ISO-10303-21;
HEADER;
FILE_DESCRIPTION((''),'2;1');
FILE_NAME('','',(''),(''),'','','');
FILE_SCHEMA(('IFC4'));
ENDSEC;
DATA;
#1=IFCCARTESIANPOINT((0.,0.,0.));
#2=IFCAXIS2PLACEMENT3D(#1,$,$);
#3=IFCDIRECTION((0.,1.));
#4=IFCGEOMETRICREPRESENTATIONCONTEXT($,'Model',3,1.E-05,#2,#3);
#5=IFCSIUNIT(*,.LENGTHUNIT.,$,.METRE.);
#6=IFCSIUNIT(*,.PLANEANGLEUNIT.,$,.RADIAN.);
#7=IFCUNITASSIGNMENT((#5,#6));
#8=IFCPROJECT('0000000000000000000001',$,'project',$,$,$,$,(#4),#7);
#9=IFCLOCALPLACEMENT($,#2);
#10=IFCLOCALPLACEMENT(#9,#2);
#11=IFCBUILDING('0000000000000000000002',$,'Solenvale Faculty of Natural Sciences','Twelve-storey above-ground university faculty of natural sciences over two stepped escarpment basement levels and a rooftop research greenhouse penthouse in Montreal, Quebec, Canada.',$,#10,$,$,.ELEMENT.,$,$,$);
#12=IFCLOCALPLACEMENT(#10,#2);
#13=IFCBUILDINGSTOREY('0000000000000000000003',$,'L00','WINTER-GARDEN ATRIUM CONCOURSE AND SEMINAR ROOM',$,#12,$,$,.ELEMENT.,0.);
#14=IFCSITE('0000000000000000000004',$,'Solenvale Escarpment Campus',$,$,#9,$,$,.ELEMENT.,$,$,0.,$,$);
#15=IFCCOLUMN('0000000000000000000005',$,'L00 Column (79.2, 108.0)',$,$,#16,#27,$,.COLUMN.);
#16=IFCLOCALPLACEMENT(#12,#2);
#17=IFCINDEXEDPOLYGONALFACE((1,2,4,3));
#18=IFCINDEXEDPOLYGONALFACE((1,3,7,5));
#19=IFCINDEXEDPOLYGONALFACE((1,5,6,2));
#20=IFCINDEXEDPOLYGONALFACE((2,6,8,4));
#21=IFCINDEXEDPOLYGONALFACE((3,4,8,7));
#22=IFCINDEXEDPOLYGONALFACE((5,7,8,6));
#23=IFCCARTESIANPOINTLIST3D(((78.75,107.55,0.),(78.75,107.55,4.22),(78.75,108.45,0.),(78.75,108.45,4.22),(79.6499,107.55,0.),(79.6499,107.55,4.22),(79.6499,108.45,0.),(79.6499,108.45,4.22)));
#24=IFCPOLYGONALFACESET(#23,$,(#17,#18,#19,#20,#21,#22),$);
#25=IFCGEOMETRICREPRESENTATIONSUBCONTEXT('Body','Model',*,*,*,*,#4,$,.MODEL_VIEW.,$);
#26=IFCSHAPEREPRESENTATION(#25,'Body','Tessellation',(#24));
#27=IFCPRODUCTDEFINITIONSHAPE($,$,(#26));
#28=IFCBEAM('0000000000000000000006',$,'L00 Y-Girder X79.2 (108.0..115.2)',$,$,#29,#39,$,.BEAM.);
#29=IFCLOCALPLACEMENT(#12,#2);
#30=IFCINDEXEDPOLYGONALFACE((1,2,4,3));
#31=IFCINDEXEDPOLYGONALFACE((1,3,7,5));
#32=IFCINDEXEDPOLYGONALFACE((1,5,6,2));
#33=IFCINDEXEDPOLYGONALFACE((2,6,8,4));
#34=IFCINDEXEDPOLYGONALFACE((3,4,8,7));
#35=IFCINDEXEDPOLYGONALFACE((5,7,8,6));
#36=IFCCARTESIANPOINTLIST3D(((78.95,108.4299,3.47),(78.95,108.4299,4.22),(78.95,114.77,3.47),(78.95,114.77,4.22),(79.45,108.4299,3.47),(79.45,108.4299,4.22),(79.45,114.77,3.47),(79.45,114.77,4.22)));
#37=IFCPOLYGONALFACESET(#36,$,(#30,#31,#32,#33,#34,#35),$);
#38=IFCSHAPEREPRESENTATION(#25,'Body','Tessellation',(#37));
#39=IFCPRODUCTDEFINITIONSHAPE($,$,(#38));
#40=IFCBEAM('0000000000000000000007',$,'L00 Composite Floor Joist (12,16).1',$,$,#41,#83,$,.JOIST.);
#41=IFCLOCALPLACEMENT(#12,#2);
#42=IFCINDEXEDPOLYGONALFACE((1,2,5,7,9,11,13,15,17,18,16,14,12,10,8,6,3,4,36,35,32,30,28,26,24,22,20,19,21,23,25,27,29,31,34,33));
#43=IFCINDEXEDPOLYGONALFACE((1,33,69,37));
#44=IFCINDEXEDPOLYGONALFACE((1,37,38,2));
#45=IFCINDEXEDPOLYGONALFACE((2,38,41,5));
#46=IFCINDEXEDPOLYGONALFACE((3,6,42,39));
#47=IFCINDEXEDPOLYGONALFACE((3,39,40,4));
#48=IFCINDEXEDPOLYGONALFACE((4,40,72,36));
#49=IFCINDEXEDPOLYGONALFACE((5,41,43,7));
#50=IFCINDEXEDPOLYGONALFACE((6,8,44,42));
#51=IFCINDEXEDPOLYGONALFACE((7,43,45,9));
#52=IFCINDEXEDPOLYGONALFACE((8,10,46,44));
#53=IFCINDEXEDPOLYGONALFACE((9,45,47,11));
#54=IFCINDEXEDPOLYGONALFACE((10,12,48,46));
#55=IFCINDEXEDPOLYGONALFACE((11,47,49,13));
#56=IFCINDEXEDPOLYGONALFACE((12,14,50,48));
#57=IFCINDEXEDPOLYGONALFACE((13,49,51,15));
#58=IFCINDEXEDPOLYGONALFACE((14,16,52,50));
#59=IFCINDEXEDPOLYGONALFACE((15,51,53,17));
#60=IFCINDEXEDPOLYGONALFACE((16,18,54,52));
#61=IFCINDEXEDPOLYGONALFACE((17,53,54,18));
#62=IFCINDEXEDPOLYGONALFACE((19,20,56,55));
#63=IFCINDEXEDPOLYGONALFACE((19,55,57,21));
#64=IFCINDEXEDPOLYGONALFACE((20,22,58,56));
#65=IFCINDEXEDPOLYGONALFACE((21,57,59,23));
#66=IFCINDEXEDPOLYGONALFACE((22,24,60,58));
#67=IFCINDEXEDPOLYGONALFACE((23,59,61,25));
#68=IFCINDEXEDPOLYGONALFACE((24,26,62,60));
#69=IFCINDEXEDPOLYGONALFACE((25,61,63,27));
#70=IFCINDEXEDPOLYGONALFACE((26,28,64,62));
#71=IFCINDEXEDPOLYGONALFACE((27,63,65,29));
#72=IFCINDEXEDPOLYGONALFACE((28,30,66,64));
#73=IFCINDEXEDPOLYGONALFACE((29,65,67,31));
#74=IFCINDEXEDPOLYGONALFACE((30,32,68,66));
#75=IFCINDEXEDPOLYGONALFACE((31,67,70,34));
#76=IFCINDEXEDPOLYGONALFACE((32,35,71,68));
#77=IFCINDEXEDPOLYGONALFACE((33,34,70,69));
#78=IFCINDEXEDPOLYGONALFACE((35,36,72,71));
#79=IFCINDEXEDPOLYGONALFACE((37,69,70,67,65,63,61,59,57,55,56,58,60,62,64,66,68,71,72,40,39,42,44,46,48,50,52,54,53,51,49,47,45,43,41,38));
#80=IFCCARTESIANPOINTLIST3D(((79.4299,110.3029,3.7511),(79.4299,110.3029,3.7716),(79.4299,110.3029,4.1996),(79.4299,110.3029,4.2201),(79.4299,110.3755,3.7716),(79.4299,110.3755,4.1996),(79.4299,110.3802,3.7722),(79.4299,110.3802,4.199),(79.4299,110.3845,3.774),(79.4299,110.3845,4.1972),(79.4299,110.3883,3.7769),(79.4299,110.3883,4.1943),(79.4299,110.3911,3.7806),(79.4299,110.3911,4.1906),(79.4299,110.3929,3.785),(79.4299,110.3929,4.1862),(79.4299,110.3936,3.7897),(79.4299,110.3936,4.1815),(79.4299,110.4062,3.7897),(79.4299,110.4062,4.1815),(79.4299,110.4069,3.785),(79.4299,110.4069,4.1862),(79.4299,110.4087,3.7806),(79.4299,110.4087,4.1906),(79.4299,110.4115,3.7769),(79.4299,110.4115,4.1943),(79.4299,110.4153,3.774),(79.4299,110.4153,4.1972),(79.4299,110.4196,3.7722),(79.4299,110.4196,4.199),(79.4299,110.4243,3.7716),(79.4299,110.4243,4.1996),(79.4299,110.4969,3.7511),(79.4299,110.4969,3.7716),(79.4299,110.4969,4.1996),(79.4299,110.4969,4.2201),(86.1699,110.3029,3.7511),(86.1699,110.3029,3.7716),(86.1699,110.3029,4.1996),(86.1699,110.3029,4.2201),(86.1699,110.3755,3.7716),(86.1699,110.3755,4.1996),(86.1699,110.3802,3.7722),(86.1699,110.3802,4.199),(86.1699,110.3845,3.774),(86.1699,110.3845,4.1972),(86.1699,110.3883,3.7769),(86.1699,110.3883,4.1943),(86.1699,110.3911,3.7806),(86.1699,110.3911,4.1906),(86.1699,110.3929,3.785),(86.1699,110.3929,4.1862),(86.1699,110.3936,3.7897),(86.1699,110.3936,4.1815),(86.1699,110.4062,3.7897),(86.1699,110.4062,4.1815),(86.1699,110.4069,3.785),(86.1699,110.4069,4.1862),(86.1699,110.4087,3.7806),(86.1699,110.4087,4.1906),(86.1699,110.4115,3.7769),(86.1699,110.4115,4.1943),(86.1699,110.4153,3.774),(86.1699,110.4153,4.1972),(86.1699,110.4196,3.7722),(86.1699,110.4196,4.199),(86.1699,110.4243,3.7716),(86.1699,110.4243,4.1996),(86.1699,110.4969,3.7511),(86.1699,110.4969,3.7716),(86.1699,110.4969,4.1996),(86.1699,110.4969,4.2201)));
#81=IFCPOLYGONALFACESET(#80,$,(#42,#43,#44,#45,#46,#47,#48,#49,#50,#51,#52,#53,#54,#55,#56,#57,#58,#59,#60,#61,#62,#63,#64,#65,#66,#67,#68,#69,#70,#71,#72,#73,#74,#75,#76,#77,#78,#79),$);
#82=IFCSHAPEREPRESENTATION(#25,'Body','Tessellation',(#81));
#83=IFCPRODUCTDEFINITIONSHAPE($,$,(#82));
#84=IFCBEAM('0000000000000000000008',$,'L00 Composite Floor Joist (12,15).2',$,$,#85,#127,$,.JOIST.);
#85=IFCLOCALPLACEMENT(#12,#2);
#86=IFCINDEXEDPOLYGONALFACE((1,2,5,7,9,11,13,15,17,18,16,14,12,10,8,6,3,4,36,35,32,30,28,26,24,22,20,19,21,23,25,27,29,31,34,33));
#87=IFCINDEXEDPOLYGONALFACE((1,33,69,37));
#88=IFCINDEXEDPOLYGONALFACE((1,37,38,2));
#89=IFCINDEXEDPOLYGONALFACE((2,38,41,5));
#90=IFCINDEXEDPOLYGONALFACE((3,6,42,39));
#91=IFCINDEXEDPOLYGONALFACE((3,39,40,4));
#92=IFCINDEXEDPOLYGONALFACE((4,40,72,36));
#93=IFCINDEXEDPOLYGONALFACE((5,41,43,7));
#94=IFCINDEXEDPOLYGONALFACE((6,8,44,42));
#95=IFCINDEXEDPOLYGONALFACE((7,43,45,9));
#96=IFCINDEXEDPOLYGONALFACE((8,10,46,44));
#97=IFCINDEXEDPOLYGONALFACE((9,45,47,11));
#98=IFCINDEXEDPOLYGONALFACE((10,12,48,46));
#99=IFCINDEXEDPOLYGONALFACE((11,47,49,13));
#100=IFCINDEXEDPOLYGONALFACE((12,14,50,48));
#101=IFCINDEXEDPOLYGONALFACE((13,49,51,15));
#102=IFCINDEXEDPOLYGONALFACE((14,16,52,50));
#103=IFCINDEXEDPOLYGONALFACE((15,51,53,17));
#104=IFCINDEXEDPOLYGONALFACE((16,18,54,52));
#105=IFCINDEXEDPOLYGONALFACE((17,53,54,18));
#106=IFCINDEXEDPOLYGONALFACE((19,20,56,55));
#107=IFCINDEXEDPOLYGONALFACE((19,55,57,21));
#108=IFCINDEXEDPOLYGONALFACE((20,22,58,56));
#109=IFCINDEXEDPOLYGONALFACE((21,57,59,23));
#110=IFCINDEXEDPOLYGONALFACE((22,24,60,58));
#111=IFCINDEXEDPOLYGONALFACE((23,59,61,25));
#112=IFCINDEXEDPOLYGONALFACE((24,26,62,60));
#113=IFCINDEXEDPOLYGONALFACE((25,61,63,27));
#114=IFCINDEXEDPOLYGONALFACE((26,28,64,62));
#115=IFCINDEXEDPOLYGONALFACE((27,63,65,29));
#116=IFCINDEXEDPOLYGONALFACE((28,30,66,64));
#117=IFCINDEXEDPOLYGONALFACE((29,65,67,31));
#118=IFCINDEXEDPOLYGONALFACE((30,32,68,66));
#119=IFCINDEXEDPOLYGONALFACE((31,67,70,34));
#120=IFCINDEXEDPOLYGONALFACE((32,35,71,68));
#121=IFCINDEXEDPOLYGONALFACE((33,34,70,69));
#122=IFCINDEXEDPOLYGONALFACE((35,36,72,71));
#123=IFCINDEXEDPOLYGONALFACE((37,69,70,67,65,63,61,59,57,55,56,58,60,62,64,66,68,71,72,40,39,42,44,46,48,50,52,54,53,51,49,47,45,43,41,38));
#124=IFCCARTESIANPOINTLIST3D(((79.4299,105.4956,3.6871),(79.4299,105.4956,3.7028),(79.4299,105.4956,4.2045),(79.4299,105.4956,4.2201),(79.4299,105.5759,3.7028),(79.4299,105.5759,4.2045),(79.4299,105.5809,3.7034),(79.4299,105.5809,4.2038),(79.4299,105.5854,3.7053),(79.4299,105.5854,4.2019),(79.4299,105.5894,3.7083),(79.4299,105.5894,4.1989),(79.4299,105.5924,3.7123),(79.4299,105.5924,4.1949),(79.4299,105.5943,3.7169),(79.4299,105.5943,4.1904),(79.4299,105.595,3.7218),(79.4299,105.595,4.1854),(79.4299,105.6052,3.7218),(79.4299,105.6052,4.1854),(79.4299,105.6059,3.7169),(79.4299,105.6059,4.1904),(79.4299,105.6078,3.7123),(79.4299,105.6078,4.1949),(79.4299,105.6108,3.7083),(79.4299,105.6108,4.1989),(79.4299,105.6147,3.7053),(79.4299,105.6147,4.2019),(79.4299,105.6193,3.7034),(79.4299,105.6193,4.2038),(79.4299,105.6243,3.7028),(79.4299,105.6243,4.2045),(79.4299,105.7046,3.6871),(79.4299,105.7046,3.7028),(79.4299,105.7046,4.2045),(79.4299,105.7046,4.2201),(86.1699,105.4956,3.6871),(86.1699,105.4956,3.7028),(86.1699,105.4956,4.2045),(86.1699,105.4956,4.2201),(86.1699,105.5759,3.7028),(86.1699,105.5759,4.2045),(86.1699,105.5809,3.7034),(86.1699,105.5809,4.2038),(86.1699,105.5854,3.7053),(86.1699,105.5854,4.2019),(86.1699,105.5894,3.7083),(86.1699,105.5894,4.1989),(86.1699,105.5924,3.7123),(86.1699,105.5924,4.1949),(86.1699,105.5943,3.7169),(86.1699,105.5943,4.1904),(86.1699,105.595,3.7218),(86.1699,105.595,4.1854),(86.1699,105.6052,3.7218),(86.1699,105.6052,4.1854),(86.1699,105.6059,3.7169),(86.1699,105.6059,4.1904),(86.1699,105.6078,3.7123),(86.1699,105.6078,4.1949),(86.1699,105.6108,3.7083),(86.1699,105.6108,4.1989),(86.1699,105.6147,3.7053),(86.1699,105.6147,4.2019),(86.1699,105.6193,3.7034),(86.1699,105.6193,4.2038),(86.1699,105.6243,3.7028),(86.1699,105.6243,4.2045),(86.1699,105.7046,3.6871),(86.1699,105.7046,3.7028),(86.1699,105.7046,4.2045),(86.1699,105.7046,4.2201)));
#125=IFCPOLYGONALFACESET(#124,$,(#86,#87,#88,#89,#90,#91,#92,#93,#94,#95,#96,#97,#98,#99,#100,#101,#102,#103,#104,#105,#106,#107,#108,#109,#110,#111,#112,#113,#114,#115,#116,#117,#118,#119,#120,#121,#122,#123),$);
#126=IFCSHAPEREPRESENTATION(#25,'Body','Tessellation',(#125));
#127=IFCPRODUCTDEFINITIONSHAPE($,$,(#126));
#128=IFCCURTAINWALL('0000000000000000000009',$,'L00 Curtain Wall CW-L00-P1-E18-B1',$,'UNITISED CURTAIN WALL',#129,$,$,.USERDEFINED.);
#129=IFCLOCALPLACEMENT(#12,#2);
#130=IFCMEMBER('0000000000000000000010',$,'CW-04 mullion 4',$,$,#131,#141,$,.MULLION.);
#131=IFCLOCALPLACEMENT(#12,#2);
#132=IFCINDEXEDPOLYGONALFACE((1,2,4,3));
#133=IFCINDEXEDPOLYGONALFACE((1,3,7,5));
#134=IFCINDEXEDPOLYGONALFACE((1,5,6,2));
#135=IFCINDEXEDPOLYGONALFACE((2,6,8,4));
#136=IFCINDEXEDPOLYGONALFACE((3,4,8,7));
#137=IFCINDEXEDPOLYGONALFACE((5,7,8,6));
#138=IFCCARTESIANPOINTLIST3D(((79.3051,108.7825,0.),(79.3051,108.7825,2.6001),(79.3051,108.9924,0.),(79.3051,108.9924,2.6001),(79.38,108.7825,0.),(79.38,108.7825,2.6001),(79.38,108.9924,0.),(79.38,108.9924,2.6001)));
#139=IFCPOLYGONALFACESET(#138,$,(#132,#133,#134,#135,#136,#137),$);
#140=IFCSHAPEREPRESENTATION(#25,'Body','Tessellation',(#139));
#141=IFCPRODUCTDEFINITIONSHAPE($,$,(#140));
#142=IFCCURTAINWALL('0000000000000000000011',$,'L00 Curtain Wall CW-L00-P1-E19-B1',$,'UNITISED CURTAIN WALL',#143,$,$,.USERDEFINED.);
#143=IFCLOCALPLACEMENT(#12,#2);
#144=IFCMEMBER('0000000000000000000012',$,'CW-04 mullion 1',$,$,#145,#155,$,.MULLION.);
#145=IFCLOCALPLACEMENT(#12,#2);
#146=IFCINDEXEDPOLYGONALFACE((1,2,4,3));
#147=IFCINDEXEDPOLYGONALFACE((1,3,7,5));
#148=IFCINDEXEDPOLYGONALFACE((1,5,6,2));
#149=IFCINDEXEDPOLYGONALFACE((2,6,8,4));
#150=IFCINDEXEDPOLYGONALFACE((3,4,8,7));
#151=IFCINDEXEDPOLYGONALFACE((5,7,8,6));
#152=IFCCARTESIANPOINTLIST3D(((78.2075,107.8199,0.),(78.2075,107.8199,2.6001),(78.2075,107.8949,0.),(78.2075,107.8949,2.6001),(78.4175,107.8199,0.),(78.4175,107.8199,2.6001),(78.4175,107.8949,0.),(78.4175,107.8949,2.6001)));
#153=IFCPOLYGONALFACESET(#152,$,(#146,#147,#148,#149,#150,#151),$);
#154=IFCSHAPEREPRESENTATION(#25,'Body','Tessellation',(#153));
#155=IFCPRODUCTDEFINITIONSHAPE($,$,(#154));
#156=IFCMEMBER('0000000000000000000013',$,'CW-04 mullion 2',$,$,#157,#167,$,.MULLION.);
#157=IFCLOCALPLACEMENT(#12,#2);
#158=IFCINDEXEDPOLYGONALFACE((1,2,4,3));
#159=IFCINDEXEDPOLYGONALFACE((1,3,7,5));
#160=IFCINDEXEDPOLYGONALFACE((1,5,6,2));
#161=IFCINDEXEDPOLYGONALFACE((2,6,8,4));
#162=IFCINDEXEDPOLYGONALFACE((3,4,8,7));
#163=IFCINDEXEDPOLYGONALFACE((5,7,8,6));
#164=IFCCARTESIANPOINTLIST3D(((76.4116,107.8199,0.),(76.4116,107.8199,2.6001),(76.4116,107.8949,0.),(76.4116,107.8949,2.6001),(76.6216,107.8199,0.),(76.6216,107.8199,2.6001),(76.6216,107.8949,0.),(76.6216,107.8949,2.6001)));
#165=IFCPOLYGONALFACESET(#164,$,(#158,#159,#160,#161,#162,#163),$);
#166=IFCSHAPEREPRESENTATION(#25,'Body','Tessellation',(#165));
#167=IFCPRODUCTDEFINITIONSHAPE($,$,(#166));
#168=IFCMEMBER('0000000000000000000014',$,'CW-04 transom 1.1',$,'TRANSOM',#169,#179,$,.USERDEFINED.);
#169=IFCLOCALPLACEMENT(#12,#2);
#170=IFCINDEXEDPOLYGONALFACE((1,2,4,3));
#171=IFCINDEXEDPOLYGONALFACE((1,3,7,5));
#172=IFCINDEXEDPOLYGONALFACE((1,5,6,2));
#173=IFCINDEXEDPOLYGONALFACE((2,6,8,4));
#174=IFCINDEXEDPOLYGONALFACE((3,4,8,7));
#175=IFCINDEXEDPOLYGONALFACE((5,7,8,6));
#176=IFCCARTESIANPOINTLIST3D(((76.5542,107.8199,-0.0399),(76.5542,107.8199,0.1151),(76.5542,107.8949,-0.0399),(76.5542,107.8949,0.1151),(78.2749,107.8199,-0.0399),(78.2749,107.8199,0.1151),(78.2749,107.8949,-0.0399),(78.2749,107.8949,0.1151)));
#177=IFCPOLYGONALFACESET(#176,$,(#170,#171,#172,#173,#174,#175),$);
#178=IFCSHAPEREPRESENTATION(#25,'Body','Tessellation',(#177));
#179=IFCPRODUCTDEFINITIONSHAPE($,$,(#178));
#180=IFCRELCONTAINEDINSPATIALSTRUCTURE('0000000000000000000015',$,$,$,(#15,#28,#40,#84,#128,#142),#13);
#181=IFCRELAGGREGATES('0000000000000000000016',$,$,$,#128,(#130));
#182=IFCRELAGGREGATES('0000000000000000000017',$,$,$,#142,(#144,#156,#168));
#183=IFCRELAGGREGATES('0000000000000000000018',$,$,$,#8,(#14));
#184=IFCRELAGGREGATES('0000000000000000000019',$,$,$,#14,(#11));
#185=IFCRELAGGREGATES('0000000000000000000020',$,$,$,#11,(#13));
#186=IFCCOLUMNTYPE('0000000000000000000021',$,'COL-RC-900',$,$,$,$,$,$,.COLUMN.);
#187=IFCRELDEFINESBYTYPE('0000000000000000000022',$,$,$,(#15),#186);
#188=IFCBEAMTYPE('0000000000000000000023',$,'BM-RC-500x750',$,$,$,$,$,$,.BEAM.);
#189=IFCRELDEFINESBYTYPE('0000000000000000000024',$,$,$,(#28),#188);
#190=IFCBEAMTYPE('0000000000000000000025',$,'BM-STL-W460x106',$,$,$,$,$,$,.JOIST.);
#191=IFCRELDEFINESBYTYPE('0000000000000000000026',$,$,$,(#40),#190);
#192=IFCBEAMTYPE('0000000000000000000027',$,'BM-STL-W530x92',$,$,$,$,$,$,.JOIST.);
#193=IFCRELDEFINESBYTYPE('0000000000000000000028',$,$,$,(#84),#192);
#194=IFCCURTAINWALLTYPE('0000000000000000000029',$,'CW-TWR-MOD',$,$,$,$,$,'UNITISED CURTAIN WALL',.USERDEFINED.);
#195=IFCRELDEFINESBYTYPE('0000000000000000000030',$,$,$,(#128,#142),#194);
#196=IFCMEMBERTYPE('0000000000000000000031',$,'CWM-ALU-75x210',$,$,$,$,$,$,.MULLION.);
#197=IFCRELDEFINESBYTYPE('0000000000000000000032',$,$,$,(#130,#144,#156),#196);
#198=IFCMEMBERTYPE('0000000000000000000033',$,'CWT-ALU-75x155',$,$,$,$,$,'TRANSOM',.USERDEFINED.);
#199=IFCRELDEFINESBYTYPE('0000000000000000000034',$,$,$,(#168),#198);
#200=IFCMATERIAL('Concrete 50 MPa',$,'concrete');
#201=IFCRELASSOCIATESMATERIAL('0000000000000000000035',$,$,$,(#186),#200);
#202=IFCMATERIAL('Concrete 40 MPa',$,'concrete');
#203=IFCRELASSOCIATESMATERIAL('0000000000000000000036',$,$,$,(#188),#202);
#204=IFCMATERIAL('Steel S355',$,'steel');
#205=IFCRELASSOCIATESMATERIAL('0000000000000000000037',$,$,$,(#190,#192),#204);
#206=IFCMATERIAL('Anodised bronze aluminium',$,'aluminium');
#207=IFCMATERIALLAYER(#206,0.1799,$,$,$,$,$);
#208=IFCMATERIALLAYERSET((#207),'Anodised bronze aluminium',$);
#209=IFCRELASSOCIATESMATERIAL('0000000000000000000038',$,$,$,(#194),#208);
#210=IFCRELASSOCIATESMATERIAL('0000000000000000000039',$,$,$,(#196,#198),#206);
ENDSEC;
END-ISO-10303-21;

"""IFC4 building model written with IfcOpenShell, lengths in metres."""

from ifc_helpers import new_model, si_unit, direction, frame, origin, origin_2d, place, context, subcontext, project, spatial, rectangle, i_section, extrude, material, layer, layer_set, material_profile, profile_set, type_object, element, aggregate, save


model = new_model("IFC4")

# Units and contexts
model_context = context("Model", 3, precision=1e-05, world=origin(), true_north=direction((0.0, 1.0)))
body_context = subcontext(model_context, "Body", "Model", "MODEL_VIEW")
ifc_project = project(units=[si_unit("LENGTHUNIT", "METRE"), si_unit("PLANEANGLEUNIT", "RADIAN")], contexts=[model_context])

# Site, building, storey
site_placement = place(None, origin())
site = spatial("IfcSite", under=ifc_project, at=site_placement, Name="Solenvale Escarpment Campus", CompositionType="ELEMENT", RefElevation=0.0)
building_placement = place(site_placement, origin())
building = spatial("IfcBuilding", under=site, at=building_placement, Name="Solenvale Faculty of Natural Sciences", Description="Twelve-storey above-ground university faculty of natural sciences over two stepped escarpment basement levels and a rooftop research greenhouse penthouse in Montreal, Quebec, Canada.", CompositionType="ELEMENT")
storey_placement = place(building_placement, origin())
storey = spatial("IfcBuildingStorey", under=building, at=storey_placement, Name="L00", Description="WINTER-GARDEN ATRIUM CONCOURSE AND SEMINAR ROOM", CompositionType="ELEMENT", Elevation=0.0)

# Column
ifc_material_1 = material(Name="Concrete 50 MPa", Category="concrete")
ifc_material_profile_1 = material_profile(ifc_material_1, rectangle(XDim=0.8999, YDim=0.8999, at=origin_2d()), Name="RC-COL-900x900")
ifc_profile_set_1 = profile_set([ifc_material_profile_1], Name="Concrete 50 MPa")
column_type = type_object("IfcColumnType", Name="COL-RC-900", PredefinedType="COLUMN", material=ifc_profile_set_1)
column_placement = place(storey_placement, frame((79.2, 108.0, 0.0), z_axis=(0.0, 0.0, 1.0), x_axis=(1.0, 0.0, 0.0)))
element("IfcColumn", 1, at=column_placement, inside=storey, type_object=column_type, Name="L00 Column (79.2, 108.0)", PredefinedType="COLUMN", context=body_context, shape_type="SweptSolid", body=[
    extrude(rectangle(XDim=0.8999, YDim=0.8999, at=origin_2d()), origin(), (0.0, 0.0, 1.0), 4.22),
])

# Beams
ifc_material_2 = material(Name="Concrete 40 MPa", Category="concrete")
ifc_material_profile_2 = material_profile(ifc_material_2, rectangle(XDim=0.5, YDim=0.75, at=origin_2d()), Name="RC-BM-500x750")
ifc_profile_set_2 = profile_set([ifc_material_profile_2], Name="Concrete 40 MPa")
beam_type_1 = type_object("IfcBeamType", Name="BM-RC-500x750", PredefinedType="BEAM", material=ifc_profile_set_2)
beam_1_placement = place(storey_placement, frame((79.2, 108.4299, 3.845), z_axis=(0.0, 1.0, 0.0), x_axis=(-1.0, 0.0, 0.0)))
element("IfcBeam", 2, at=beam_1_placement, inside=storey, type_object=beam_type_1, Name="L00 Y-Girder X79.2 (108.0..115.2)", PredefinedType="BEAM", context=body_context, shape_type="SweptSolid", body=[
    extrude(rectangle(XDim=0.5, YDim=0.75, at=origin_2d()), origin(), (0.0, 0.0, 1.0), 6.3401),
])
ifc_material_3 = material(Name="Steel S355", Category="steel")
ifc_material_profile_3 = material_profile(ifc_material_3, i_section(OverallWidth=0.1941, OverallDepth=0.469, WebThickness=0.0127, FlangeThickness=0.0205, FilletRadius=0.0181, at=origin_2d()), Name="W460x106")
ifc_profile_set_3 = profile_set([ifc_material_profile_3], Name="Steel S355")
beam_type_2 = type_object("IfcBeamType", Name="BM-STL-W460x106", PredefinedType="JOIST", material=ifc_profile_set_3)
beam_2_placement = place(storey_placement, frame((79.4299, 110.3999, 3.9856), z_axis=(1.0, 0.0, 0.0), x_axis=(0.0, 1.0, 0.0)))
element("IfcBeam", 3, at=beam_2_placement, inside=storey, type_object=beam_type_2, Name="L00 Composite Floor Joist (12,16).1", PredefinedType="JOIST", context=body_context, shape_type="SweptSolid", body=[
    extrude(i_section(OverallWidth=0.1941, OverallDepth=0.469, WebThickness=0.0127, FlangeThickness=0.0205, FilletRadius=0.0181, at=origin_2d()), origin(), (0.0, 0.0, 1.0), 6.74),
])
ifc_material_profile_4 = material_profile(ifc_material_3, i_section(OverallWidth=0.209, OverallDepth=0.533, WebThickness=0.0103, FlangeThickness=0.0156, FilletRadius=0.019, at=origin_2d()), Name="W530x92")
ifc_profile_set_4 = profile_set([ifc_material_profile_4], Name="Steel S355")
beam_type_3 = type_object("IfcBeamType", Name="BM-STL-W530x92", PredefinedType="JOIST", material=ifc_profile_set_4)
beam_3_placement = place(storey_placement, frame((79.4299, 105.6001, 3.9536), z_axis=(1.0, 0.0, 0.0), x_axis=(0.0, 1.0, 0.0)))
element("IfcBeam", 4, at=beam_3_placement, inside=storey, type_object=beam_type_3, Name="L00 Composite Floor Joist (12,15).2", PredefinedType="JOIST", context=body_context, shape_type="SweptSolid", body=[
    extrude(i_section(OverallWidth=0.209, OverallDepth=0.533, WebThickness=0.0103, FlangeThickness=0.0156, FilletRadius=0.019, at=origin_2d()), origin(), (0.0, 0.0, 1.0), 6.74),
])

# Curtain wall, member
ifc_material_4 = material(Name="Anodised bronze aluminium", Category="aluminium")
ifc_layer_1 = layer(ifc_material_4, 0.1799)
ifc_layer_set_1 = layer_set([ifc_layer_1], Name="Anodised bronze aluminium")
curtain_wall_type = type_object("IfcCurtainWallType", Name="CW-TWR-MOD", ElementType="UNITISED CURTAIN WALL", PredefinedType="USERDEFINED", material=ifc_layer_set_1)
curtain_wall_1_placement = place(storey_placement, origin())
curtain_wall_1 = element("IfcCurtainWall", 5, at=curtain_wall_1_placement, inside=storey, type_object=curtain_wall_type, Name="L00 Curtain Wall CW-L00-P1-E18-B1", ObjectType="UNITISED CURTAIN WALL", PredefinedType="USERDEFINED")
ifc_material_profile_5 = material_profile(ifc_material_4, rectangle(XDim=0.075, YDim=0.21, at=origin_2d()), Name="ALU-MUL-75x210")
ifc_profile_set_5 = profile_set([ifc_material_profile_5], Name="Anodised bronze aluminium")
member_type_1 = type_object("IfcMemberType", Name="CWM-ALU-75x210", PredefinedType="MULLION", material=ifc_profile_set_5)
member_1_placement = place(storey_placement, frame((79.3425, 108.8875, 0.0), z_axis=(0.0, 0.0, 1.0), x_axis=(1.0, 0.0, 0.0)))
member_1 = element("IfcMember", 6, at=member_1_placement, type_object=member_type_1, Name="CW-04 mullion 4", PredefinedType="MULLION", context=body_context, shape_type="SweptSolid", body=[
    extrude(rectangle(XDim=0.075, YDim=0.21, at=origin_2d()), origin(), (0.0, 0.0, 1.0), 2.6001),
])

# Curtain wall, members
curtain_wall_2_placement = place(storey_placement, origin())
curtain_wall_2 = element("IfcCurtainWall", 7, at=curtain_wall_2_placement, inside=storey, type_object=curtain_wall_type, Name="L00 Curtain Wall CW-L00-P1-E19-B1", ObjectType="UNITISED CURTAIN WALL", PredefinedType="USERDEFINED")
member_2_placement = place(storey_placement, frame((78.3125, 107.8574, 0.0), z_axis=(0.0, 0.0, 1.0), x_axis=(0.0, -1.0, 0.0)))
member_2 = element("IfcMember", 8, at=member_2_placement, type_object=member_type_1, Name="CW-04 mullion 1", PredefinedType="MULLION", context=body_context, shape_type="SweptSolid", body=[
    extrude(rectangle(XDim=0.075, YDim=0.21, at=origin_2d()), origin(), (0.0, 0.0, 1.0), 2.6001),
])
member_3_placement = place(storey_placement, frame((76.5166, 107.8574, 0.0), z_axis=(0.0, 0.0, 1.0), x_axis=(0.0, -1.0, 0.0)))
member_3 = element("IfcMember", 9, at=member_3_placement, type_object=member_type_1, Name="CW-04 mullion 2", PredefinedType="MULLION", context=body_context, shape_type="SweptSolid", body=[
    extrude(rectangle(XDim=0.075, YDim=0.21, at=origin_2d()), origin(), (0.0, 0.0, 1.0), 2.6001),
])
ifc_material_profile_6 = material_profile(ifc_material_4, rectangle(XDim=0.075, YDim=0.155, at=origin_2d()), Name="ALU-TRN-75x155")
ifc_profile_set_6 = profile_set([ifc_material_profile_6], Name="Anodised bronze aluminium")
member_type_2 = type_object("IfcMemberType", Name="CWT-ALU-75x155", ElementType="TRANSOM", PredefinedType="USERDEFINED", material=ifc_profile_set_6)
member_4_placement = place(storey_placement, frame((78.2749, 107.8574, 0.0376), z_axis=(-1.0, 0.0, 0.0), x_axis=(0.0, -1.0, 0.0)))
member_4 = element("IfcMember", 10, at=member_4_placement, type_object=member_type_2, Name="CW-04 transom 1.1", ObjectType="TRANSOM", PredefinedType="USERDEFINED", context=body_context, shape_type="SweptSolid", body=[
    extrude(rectangle(XDim=0.075, YDim=0.155, at=origin_2d()), origin(), (0.0, 0.0, 1.0), 1.7207),
])

aggregate(curtain_wall_1, [member_1])
aggregate(curtain_wall_2, [member_2, member_3, member_4])

save(model, "model.ifc")
